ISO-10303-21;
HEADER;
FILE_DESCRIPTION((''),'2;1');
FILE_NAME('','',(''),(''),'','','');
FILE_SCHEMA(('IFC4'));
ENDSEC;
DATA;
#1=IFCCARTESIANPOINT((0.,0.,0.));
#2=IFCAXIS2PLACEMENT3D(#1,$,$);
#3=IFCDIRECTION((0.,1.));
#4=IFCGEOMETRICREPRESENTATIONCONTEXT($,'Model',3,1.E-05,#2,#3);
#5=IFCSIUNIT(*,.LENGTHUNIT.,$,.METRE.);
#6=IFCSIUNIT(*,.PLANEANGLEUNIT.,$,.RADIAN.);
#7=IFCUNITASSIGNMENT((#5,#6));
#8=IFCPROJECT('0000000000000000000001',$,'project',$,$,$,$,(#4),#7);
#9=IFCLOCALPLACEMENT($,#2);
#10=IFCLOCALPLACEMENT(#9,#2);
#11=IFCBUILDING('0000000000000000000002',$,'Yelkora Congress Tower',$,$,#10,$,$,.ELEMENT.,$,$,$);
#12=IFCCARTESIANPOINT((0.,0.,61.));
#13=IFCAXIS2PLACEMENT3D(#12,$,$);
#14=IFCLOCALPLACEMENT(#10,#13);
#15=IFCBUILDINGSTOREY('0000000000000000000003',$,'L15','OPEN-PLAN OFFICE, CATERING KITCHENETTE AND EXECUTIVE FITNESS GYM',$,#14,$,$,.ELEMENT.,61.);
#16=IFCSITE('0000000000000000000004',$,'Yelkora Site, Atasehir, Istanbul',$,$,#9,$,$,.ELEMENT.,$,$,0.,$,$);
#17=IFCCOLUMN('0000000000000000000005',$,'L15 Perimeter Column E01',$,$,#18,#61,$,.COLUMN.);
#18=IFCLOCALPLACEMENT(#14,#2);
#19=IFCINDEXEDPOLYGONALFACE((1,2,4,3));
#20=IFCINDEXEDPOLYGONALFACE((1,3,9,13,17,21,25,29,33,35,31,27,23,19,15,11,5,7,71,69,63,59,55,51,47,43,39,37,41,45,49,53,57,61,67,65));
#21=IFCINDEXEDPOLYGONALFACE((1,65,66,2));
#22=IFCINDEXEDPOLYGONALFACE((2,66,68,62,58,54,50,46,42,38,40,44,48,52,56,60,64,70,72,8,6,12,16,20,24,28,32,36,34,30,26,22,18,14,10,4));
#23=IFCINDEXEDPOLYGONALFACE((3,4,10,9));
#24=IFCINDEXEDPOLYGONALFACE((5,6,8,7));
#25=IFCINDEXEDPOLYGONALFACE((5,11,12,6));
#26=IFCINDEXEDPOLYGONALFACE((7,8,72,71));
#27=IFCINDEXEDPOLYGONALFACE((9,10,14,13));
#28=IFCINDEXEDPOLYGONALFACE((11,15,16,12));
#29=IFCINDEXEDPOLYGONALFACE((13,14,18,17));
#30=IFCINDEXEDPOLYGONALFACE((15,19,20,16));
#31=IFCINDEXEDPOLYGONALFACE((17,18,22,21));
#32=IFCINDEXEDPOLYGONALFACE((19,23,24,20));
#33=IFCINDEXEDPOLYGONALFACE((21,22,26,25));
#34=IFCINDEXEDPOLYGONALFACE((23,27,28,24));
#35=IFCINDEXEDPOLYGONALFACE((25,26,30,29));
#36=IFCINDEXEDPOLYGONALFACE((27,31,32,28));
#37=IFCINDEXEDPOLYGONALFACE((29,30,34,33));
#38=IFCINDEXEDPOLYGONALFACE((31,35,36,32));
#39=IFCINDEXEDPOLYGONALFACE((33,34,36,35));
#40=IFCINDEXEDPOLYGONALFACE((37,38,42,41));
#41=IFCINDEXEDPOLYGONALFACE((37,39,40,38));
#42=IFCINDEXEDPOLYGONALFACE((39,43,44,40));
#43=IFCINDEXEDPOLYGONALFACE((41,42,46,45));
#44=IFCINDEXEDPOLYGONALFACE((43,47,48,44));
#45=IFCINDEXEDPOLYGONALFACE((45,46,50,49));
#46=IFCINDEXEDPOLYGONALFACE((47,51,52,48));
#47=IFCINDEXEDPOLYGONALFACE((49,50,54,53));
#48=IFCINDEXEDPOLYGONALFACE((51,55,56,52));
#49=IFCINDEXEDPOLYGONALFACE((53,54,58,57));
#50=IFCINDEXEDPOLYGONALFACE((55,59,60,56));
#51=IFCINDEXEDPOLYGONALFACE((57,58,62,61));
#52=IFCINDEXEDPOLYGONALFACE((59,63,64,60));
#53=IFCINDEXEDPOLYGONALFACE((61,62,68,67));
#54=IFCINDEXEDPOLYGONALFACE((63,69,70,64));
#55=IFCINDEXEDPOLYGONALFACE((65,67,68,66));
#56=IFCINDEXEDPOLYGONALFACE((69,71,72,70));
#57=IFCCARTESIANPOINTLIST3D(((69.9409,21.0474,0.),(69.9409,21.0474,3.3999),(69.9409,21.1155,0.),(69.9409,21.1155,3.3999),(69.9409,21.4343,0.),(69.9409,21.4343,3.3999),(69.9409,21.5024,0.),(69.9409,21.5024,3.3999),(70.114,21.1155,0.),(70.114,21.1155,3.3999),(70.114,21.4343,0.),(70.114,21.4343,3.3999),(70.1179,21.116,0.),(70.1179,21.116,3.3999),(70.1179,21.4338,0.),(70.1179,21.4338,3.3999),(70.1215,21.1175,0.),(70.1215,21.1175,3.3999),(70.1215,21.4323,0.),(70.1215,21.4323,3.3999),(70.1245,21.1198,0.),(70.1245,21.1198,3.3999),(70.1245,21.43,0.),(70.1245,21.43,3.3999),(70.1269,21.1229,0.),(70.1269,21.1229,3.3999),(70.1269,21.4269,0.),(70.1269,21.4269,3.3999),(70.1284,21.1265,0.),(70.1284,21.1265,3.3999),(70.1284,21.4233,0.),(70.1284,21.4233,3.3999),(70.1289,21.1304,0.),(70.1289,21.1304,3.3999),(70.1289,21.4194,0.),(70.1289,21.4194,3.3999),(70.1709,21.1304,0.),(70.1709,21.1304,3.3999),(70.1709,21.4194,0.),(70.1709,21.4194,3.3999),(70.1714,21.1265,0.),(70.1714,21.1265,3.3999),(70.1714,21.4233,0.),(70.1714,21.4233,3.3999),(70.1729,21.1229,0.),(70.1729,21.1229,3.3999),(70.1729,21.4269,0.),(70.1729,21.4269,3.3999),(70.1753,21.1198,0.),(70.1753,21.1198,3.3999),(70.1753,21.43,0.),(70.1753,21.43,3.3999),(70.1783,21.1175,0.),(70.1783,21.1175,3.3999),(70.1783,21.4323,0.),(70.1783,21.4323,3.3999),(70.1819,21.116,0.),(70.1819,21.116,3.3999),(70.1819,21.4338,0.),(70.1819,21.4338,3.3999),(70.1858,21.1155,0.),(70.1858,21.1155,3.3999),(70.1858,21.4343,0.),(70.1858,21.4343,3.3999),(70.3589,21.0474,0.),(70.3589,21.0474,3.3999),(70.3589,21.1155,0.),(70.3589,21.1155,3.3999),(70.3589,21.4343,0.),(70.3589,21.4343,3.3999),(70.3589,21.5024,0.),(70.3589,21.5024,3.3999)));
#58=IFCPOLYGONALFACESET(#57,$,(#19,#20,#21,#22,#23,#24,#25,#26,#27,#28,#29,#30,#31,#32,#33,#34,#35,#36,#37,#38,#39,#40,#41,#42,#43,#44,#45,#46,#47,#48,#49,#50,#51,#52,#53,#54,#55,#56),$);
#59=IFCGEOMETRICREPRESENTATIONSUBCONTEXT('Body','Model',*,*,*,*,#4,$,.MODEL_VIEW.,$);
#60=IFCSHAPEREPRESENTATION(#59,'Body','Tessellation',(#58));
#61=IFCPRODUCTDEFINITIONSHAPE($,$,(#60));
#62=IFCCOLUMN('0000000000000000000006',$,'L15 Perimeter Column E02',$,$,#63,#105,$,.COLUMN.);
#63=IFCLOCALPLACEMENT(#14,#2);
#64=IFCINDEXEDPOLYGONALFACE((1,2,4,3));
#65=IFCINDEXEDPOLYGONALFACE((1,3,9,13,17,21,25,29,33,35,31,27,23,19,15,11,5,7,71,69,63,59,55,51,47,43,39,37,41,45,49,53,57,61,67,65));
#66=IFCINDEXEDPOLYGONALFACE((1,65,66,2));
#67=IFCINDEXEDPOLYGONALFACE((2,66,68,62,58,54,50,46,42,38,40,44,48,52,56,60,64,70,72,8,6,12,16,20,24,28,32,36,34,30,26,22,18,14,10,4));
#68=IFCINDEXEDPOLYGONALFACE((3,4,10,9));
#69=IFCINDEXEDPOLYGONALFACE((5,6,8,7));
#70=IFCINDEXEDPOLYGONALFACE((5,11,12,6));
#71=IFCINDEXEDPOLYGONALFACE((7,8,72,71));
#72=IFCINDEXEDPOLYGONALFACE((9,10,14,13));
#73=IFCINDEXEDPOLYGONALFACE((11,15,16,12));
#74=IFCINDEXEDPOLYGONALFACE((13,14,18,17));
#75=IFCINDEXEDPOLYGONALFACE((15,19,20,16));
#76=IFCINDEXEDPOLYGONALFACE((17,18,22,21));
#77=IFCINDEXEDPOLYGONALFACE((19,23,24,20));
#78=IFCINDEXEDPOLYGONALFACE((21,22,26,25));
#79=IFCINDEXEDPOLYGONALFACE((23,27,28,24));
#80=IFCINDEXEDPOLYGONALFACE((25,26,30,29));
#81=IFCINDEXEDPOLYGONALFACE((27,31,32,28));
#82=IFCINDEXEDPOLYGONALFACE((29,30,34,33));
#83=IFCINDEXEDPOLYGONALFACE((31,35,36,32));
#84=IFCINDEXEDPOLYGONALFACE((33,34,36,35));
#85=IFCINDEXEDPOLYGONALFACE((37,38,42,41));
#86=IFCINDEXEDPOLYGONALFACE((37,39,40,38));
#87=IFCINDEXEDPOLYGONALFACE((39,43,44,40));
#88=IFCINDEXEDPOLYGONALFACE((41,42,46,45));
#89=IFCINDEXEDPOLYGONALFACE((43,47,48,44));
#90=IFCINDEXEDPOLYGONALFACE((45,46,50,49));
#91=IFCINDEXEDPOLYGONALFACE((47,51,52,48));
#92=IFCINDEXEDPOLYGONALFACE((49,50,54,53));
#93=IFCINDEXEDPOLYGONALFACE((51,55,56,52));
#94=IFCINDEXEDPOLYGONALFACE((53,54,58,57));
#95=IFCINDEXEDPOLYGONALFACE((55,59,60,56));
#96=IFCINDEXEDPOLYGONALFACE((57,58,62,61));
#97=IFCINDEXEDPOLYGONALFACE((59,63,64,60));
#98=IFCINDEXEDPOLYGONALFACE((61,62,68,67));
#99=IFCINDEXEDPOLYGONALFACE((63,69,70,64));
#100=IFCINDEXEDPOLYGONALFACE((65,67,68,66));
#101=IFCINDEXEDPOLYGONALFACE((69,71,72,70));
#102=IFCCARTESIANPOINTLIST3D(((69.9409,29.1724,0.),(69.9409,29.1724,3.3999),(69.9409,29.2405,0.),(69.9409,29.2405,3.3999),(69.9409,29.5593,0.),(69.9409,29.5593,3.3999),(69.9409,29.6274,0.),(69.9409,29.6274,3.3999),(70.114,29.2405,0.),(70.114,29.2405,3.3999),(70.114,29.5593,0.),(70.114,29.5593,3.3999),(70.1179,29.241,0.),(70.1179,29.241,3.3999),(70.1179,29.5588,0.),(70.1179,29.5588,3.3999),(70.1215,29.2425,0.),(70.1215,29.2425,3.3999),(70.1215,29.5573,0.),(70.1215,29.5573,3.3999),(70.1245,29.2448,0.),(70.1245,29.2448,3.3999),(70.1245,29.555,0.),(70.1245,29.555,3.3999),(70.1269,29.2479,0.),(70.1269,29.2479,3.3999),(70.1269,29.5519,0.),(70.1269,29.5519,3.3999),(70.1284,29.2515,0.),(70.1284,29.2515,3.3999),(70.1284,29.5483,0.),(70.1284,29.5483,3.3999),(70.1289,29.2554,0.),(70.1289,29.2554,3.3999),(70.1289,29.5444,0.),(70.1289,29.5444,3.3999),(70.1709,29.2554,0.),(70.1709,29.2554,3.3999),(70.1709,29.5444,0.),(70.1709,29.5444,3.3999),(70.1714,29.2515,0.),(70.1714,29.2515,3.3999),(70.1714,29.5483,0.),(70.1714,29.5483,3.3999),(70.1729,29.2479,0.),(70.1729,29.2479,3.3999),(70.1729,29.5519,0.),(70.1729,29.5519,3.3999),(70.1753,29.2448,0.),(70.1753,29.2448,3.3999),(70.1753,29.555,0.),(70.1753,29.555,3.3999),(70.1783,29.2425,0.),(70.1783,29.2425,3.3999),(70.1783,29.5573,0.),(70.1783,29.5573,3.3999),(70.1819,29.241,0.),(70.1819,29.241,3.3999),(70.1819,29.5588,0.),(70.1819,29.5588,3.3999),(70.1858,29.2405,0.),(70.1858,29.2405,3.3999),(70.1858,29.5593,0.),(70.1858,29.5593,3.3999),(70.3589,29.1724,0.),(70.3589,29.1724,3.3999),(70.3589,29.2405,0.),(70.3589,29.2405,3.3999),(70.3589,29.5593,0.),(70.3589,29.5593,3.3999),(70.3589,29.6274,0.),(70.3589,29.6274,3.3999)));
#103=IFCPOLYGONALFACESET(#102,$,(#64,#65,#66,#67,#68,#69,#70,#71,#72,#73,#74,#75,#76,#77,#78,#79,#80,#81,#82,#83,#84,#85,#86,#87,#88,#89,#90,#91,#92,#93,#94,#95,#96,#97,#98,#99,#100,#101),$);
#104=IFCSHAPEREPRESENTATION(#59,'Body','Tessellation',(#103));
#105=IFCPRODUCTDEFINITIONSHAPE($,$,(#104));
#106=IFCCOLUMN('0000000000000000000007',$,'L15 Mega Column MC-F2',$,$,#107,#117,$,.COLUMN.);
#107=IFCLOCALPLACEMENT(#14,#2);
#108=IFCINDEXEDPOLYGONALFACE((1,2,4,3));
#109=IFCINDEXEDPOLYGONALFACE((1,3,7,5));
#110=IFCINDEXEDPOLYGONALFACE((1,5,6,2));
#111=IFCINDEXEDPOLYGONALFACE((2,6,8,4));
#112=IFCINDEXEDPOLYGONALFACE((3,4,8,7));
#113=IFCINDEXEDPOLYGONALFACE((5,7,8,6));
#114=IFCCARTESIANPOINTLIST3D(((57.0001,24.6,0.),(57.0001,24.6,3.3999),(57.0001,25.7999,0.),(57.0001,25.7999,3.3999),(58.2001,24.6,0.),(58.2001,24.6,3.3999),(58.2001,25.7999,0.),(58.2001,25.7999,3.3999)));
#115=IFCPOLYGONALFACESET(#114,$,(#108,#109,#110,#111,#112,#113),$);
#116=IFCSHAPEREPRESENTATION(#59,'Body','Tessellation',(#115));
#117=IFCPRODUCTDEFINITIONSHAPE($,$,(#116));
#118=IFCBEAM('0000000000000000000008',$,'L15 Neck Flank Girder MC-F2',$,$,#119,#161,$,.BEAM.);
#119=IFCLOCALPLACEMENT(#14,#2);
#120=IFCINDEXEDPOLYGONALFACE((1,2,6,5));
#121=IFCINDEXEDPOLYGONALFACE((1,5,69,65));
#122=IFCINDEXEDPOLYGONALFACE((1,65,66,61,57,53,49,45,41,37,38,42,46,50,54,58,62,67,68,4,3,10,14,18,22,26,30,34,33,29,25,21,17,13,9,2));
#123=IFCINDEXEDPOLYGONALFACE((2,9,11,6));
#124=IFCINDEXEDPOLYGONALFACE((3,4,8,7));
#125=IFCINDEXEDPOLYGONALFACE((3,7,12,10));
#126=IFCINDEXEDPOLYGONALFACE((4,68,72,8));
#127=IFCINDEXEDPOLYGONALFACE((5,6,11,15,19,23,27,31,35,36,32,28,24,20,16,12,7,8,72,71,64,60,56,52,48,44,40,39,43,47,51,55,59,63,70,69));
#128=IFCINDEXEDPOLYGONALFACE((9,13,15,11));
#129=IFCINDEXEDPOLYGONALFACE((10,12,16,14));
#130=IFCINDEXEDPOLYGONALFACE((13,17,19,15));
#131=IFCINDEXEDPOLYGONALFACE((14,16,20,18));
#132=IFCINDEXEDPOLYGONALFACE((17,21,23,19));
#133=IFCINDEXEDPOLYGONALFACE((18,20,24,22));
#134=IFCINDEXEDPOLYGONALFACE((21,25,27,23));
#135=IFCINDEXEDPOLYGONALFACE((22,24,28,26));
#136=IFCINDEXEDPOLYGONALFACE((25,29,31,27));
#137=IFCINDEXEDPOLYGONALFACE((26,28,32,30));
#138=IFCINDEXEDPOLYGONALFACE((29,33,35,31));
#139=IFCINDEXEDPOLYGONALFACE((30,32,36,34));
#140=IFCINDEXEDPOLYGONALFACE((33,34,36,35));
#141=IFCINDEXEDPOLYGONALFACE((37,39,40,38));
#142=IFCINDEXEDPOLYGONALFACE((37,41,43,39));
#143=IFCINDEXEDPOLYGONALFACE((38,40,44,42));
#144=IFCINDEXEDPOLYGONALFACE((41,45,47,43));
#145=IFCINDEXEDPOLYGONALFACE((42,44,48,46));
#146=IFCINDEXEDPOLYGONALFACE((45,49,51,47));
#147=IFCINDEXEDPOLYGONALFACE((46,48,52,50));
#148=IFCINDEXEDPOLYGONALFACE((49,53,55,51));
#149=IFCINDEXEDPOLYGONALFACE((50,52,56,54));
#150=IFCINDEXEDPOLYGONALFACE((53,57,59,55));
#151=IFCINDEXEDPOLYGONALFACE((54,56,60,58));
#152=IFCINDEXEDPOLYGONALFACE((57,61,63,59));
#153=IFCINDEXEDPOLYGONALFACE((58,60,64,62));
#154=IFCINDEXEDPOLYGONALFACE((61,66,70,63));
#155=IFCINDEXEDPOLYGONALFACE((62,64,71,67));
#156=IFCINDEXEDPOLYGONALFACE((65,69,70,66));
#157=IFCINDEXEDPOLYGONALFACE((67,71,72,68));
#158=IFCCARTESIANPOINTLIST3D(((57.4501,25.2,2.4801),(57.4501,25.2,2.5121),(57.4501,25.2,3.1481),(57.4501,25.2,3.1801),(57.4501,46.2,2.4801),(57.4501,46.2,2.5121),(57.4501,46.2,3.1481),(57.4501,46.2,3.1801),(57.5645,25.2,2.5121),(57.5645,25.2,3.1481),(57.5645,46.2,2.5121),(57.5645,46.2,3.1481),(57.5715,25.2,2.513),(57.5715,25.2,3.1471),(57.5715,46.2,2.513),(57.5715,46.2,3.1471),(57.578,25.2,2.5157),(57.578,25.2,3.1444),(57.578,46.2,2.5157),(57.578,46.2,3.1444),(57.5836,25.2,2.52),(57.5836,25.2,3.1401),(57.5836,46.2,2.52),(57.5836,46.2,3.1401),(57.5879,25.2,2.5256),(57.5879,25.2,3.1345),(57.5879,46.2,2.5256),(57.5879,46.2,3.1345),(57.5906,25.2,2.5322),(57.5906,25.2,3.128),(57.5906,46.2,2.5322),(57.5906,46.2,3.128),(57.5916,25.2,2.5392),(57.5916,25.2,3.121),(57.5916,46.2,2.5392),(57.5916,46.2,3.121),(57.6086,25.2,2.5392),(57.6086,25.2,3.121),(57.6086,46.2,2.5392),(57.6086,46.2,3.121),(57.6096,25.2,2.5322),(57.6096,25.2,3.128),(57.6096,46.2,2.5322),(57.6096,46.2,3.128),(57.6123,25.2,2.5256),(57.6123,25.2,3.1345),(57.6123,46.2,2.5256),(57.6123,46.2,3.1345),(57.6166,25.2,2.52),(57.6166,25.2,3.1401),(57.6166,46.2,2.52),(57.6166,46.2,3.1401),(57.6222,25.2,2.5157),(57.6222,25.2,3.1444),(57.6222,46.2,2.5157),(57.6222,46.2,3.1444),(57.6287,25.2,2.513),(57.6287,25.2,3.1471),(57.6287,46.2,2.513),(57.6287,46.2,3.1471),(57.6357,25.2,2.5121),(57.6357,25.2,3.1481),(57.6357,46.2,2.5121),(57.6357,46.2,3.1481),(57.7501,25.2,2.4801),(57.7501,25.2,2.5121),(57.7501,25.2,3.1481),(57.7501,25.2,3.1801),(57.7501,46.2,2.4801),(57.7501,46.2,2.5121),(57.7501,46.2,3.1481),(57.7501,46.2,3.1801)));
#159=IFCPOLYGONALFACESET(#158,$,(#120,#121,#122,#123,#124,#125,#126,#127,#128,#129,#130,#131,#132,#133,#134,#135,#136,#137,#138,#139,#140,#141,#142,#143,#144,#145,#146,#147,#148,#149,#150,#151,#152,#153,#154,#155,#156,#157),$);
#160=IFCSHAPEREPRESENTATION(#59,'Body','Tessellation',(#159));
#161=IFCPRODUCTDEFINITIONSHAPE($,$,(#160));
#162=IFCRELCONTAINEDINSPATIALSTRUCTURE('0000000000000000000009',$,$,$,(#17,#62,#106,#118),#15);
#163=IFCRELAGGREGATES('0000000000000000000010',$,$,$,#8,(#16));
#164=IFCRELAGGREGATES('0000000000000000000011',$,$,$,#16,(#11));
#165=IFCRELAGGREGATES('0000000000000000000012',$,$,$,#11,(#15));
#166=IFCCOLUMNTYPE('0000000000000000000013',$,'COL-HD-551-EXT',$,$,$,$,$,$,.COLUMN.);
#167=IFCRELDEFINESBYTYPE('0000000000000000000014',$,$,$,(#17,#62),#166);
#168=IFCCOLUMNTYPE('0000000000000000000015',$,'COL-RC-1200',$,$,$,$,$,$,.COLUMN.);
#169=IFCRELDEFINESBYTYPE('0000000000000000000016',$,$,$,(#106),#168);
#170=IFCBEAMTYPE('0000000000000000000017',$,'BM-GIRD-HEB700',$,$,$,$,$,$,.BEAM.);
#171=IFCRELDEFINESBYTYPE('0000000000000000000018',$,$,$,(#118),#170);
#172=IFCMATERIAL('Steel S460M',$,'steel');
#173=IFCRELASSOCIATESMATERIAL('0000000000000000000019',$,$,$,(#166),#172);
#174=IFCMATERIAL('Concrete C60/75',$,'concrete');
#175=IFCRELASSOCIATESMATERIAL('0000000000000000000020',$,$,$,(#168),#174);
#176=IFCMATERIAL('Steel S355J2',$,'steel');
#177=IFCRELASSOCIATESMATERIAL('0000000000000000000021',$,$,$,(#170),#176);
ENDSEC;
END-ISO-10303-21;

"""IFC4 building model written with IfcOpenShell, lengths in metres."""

from ifc_helpers import new_model, si_unit, direction, frame, origin, origin_2d, place, context, subcontext, project, spatial, rectangle, i_section, extrude, material, material_profile, profile_set, type_object, element, save


model = new_model("IFC4")

# Units and contexts
model_context = context("Model", 3, precision=1e-05, world=origin(), true_north=direction((0.0, 1.0)))
body_context = subcontext(model_context, "Body", "Model", "MODEL_VIEW")
ifc_project = project(units=[si_unit("LENGTHUNIT", "METRE"), si_unit("PLANEANGLEUNIT", "RADIAN")], contexts=[model_context])

# Site, building, storey
site_placement = place(None, origin())
site = spatial("IfcSite", under=ifc_project, at=site_placement, Name="Yelkora Site, Atasehir, Istanbul", CompositionType="ELEMENT", RefElevation=0.0)
building_placement = place(site_placement, origin())
building = spatial("IfcBuilding", under=site, at=building_placement, Name="Yelkora Congress Tower", CompositionType="ELEMENT")
storey_placement = place(building_placement, frame((0.0, 0.0, 61.0)))
storey = spatial("IfcBuildingStorey", under=building, at=storey_placement, Name="L15", Description="OPEN-PLAN OFFICE, CATERING KITCHENETTE AND EXECUTIVE FITNESS GYM", CompositionType="ELEMENT", Elevation=61.0)

# Columns
ifc_material_1 = material(Name="Steel S460M", Category="steel")
ifc_material_profile_1 = material_profile(ifc_material_1, i_section(OverallWidth=0.418, OverallDepth=0.4551, WebThickness=0.042, FlangeThickness=0.0681, FilletRadius=0.0149, at=origin_2d()), Name="HD 400x551")
ifc_profile_set_1 = profile_set([ifc_material_profile_1], Name="Steel S460M")
column_type_1 = type_object("IfcColumnType", Name="COL-HD-551-EXT", PredefinedType="COLUMN", material=ifc_profile_set_1)
for number, where, z_axis, x_axis, name in (
    (1, (70.1499, 21.2749, 0.0), (0.0, 0.0, 1.0), (1.0, 0.0, 0.0), "L15 Perimeter Column E01"),
    (2, (70.1499, 29.3999, 0.0), (0.0, 0.0, 1.0), (1.0, 0.0, 0.0), "L15 Perimeter Column E02"),
):
    element("IfcColumn", number, at=place(storey_placement, frame(where, z_axis=z_axis, x_axis=x_axis)), inside=storey, type_object=column_type_1, Name=name, PredefinedType="COLUMN", context=body_context, shape_type="SweptSolid", body=[
        extrude(i_section(OverallWidth=0.418, OverallDepth=0.4551, WebThickness=0.042, FlangeThickness=0.0681, FilletRadius=0.0149, at=origin_2d()), origin(), (0.0, 0.0, 1.0), 3.3999),
    ])
ifc_material_2 = material(Name="Concrete C60/75", Category="concrete")
ifc_material_profile_2 = material_profile(ifc_material_2, rectangle(XDim=1.2, YDim=1.2, at=origin_2d()), Name="RC 1200x1200")
ifc_profile_set_2 = profile_set([ifc_material_profile_2], Name="Concrete C60/75")
column_type_2 = type_object("IfcColumnType", Name="COL-RC-1200", PredefinedType="COLUMN", material=ifc_profile_set_2)
column_placement = place(storey_placement, frame((57.6001, 25.2, 0.0), z_axis=(0.0, 0.0, 1.0), x_axis=(1.0, 0.0, 0.0)))
element("IfcColumn", 3, at=column_placement, inside=storey, type_object=column_type_2, Name="L15 Mega Column MC-F2", PredefinedType="COLUMN", context=body_context, shape_type="SweptSolid", body=[
    extrude(rectangle(XDim=1.2, YDim=1.2, at=origin_2d()), origin(), (0.0, 0.0, 1.0), 3.3999),
])

# Beam
ifc_material_3 = material(Name="Steel S355J2", Category="steel")
ifc_material_profile_3 = material_profile(ifc_material_3, i_section(OverallWidth=0.3, OverallDepth=0.7, WebThickness=0.0171, FlangeThickness=0.032, FilletRadius=0.0271, at=origin_2d()), Name="HEB 700")
ifc_profile_set_3 = profile_set([ifc_material_profile_3], Name="Steel S355J2")
beam_type_1 = type_object("IfcBeamType", Name="BM-GIRD-HEB700", PredefinedType="BEAM", material=ifc_profile_set_3)
beam_1_placement = place(storey_placement, frame((57.6001, 25.2, 2.8301), z_axis=(0.0, 1.0, 0.0), x_axis=(-1.0, 0.0, 0.0)))
element("IfcBeam", 4, at=beam_1_placement, inside=storey, type_object=beam_type_1, Name="L15 Neck Flank Girder MC-F2", PredefinedType="BEAM", context=body_context, shape_type="SweptSolid", body=[
    extrude(i_section(OverallWidth=0.3, OverallDepth=0.7, WebThickness=0.0171, FlangeThickness=0.032, FilletRadius=0.0271, at=origin_2d()), origin(), (0.0, 0.0, 1.0), 21.0),
])

save(model, "model.ifc")
